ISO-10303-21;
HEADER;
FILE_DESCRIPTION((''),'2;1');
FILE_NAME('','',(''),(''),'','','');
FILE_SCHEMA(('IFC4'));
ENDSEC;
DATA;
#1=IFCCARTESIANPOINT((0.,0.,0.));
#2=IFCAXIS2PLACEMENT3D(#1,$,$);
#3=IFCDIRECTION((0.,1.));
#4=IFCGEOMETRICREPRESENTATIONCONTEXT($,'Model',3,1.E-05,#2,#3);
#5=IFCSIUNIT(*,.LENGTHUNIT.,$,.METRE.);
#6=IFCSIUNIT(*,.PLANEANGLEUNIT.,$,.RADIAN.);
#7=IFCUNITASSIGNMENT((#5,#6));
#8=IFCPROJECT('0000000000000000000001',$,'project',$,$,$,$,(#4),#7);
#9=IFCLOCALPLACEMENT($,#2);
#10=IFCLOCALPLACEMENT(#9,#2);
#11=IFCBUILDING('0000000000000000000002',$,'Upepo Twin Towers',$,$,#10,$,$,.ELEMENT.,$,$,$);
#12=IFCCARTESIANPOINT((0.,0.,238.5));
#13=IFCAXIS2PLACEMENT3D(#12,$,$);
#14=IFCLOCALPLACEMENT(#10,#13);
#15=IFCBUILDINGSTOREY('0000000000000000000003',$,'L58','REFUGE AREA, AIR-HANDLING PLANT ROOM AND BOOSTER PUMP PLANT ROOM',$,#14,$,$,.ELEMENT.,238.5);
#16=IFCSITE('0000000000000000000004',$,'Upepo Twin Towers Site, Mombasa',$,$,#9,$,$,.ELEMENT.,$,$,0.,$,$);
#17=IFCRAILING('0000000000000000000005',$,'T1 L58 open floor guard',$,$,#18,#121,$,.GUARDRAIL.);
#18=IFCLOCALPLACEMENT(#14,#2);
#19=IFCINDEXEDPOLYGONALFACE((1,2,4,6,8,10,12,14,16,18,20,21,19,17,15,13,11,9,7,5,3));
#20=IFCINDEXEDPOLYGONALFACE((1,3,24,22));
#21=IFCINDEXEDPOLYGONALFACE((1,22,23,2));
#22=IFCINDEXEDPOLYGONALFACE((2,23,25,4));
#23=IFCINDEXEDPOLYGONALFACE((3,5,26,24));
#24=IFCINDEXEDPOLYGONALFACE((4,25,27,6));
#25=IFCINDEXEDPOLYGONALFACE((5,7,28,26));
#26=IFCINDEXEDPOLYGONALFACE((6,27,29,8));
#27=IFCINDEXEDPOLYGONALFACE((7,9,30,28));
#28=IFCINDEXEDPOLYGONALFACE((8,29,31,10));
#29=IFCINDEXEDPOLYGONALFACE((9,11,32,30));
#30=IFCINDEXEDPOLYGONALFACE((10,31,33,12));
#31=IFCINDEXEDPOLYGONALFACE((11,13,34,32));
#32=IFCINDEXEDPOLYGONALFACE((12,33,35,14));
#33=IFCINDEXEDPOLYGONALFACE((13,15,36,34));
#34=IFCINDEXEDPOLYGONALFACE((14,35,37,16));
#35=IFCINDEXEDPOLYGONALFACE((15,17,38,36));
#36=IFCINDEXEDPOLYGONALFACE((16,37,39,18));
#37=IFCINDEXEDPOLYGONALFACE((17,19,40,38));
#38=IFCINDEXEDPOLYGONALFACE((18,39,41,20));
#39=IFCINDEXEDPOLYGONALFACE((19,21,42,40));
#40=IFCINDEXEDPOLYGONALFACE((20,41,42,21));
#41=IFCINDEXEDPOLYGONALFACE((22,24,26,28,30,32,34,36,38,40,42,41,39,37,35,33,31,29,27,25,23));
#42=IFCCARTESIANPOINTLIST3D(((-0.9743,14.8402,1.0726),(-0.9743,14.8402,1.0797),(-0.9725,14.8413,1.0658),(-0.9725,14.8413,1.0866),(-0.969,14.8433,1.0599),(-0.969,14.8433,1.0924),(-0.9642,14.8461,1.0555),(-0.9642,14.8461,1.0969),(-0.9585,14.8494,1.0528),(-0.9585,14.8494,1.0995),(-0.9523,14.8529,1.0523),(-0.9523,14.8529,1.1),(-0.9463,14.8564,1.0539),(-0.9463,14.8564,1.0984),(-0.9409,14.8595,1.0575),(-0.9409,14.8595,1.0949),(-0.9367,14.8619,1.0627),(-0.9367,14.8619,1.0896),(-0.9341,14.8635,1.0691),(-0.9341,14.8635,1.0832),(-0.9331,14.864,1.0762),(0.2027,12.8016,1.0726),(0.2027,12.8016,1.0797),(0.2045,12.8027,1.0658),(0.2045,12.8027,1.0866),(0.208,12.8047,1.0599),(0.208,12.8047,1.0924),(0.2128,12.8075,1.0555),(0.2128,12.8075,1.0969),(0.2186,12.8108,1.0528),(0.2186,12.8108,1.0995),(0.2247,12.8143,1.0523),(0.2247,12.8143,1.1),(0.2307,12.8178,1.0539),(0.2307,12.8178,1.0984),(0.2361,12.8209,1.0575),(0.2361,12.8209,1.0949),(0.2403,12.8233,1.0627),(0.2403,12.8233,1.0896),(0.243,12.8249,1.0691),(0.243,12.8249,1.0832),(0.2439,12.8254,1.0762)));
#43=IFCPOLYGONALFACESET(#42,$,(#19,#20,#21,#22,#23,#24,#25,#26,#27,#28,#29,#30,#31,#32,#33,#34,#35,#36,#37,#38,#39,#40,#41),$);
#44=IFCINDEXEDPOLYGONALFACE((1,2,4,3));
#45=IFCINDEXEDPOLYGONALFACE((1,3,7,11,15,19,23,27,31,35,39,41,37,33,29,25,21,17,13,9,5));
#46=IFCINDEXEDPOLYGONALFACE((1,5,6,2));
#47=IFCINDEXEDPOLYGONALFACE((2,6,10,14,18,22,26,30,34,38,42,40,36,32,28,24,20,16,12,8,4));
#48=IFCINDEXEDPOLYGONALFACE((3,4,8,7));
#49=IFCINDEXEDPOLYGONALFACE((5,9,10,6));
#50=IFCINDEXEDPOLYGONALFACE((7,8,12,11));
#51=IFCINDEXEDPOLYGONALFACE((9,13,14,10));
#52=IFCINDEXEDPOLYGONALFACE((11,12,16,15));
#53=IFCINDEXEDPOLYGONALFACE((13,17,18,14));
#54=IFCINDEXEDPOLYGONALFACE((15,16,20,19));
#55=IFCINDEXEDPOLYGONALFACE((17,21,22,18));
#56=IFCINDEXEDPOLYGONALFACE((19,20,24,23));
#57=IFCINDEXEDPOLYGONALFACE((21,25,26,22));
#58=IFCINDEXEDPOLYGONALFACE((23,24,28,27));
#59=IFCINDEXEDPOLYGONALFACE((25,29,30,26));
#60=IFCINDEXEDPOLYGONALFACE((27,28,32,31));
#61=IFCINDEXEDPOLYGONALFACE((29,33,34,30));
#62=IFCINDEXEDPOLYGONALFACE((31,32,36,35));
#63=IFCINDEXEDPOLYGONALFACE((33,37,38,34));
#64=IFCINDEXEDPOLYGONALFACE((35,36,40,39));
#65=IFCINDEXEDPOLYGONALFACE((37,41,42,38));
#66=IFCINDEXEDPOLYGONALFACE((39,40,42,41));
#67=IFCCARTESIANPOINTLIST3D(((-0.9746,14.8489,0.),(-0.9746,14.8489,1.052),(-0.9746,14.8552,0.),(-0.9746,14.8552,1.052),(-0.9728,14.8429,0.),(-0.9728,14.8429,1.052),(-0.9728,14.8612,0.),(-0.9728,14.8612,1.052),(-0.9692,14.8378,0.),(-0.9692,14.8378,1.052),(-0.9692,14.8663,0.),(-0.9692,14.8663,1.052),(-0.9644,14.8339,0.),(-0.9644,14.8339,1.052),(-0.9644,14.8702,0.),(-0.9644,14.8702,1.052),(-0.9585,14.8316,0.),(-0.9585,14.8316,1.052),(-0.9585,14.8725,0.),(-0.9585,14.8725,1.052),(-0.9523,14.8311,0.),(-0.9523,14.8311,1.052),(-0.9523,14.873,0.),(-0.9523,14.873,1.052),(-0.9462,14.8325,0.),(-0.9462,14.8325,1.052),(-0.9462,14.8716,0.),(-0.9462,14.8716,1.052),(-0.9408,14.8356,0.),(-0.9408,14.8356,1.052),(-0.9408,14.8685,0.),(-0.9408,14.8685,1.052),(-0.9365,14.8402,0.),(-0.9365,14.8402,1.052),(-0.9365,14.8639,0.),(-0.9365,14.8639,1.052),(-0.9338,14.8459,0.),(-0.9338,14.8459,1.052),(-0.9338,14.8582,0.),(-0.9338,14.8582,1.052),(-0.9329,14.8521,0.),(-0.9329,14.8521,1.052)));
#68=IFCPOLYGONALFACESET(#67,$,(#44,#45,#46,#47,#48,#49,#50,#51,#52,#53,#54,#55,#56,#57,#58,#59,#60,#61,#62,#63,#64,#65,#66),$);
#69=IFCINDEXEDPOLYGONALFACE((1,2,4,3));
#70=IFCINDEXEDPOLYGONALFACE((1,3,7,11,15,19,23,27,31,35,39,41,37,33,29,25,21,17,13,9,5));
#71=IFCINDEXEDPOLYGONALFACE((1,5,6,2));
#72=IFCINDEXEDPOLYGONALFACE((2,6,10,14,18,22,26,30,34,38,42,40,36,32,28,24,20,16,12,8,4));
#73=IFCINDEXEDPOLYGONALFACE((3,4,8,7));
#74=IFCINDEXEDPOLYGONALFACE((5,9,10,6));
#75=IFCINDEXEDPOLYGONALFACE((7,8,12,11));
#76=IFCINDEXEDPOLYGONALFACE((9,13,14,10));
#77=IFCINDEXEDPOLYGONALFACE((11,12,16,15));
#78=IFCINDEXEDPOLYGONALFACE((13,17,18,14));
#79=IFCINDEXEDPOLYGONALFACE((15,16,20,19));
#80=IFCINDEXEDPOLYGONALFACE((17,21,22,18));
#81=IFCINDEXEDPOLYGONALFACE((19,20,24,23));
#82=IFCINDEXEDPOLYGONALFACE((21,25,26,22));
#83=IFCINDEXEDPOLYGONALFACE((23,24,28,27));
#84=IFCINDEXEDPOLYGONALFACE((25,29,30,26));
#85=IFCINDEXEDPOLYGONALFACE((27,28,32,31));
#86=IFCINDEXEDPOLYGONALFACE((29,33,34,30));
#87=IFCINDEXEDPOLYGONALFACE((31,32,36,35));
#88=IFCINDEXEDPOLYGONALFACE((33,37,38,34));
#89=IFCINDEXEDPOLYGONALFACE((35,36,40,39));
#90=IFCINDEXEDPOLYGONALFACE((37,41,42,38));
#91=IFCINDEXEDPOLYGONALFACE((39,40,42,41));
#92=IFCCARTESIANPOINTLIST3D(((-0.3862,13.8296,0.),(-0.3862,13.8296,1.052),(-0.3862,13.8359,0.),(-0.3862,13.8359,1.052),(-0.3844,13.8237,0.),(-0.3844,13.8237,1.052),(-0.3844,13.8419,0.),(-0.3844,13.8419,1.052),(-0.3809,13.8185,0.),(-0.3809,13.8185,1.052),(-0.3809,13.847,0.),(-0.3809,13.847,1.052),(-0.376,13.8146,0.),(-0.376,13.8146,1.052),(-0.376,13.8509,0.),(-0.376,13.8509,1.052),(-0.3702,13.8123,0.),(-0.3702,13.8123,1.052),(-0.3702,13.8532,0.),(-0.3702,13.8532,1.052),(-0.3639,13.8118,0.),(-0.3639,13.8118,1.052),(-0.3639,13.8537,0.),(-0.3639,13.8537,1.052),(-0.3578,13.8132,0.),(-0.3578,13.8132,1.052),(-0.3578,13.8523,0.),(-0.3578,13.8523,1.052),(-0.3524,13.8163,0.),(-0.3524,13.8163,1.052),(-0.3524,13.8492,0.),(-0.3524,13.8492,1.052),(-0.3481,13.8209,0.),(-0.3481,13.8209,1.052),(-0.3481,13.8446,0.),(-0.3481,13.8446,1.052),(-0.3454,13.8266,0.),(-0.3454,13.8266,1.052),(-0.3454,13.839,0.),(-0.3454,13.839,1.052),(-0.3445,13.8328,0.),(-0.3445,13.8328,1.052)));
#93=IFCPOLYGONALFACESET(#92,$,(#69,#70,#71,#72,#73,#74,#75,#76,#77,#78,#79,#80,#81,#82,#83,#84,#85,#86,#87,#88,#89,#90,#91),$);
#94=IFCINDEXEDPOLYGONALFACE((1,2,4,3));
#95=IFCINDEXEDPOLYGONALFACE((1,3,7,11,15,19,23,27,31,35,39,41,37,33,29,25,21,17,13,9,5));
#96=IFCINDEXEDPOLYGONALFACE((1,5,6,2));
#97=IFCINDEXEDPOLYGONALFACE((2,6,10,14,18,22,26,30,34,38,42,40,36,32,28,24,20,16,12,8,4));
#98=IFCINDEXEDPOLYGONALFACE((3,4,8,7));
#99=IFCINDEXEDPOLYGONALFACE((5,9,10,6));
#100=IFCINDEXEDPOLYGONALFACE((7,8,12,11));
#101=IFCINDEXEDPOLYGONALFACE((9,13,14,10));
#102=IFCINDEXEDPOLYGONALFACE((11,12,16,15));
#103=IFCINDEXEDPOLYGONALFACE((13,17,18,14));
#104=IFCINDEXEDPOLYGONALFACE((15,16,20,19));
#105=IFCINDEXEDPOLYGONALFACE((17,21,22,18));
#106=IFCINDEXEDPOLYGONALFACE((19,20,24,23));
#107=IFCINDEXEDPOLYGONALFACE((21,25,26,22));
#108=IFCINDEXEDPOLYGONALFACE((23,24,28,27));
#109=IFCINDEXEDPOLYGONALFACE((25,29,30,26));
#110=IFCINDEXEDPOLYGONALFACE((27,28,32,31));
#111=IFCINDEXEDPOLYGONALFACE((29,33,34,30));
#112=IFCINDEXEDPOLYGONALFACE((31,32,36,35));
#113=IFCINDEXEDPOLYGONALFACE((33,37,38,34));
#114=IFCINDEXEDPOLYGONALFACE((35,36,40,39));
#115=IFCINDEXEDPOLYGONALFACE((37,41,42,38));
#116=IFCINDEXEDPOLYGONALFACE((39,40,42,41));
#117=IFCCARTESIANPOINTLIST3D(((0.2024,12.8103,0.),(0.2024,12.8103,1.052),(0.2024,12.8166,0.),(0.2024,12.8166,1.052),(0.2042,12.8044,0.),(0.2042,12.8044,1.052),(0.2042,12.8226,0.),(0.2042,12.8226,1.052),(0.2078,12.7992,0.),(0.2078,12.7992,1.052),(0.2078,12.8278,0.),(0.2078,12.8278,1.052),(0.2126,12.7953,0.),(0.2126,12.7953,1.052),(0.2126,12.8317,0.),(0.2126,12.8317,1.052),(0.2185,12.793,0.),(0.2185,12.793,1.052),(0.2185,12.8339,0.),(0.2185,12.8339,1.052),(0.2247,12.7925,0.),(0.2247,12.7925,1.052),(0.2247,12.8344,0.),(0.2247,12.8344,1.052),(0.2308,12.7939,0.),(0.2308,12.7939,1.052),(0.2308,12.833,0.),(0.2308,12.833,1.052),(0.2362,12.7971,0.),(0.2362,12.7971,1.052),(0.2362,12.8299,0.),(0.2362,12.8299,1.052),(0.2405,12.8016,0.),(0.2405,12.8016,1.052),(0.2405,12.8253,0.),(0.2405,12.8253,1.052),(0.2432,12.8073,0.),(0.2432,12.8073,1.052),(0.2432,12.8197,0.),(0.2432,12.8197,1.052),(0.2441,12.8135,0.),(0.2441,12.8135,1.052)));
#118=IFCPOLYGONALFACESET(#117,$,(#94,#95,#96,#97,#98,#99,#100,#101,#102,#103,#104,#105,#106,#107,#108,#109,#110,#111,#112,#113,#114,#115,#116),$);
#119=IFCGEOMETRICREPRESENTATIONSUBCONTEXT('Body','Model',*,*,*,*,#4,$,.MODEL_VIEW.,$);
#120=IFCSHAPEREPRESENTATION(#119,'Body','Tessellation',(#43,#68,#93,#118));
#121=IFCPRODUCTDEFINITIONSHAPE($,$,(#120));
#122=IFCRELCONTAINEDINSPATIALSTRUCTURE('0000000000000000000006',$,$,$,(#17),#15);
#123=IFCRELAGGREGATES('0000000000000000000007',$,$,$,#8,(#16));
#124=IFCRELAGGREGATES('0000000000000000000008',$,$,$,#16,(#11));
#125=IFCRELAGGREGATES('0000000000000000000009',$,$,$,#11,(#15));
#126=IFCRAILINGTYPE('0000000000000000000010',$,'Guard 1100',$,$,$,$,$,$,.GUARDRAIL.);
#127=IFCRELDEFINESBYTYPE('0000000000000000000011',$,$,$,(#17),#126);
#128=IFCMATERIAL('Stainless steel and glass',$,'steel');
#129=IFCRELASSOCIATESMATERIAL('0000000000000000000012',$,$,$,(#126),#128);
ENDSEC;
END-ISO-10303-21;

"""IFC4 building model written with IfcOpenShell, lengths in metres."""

from ifc_helpers import new_model, si_unit, direction, frame, origin, origin_2d, place, context, subcontext, project, spatial, circle, extrude, material, type_object, element, save


model = new_model("IFC4")

# Units and contexts
model_context = context("Model", 3, precision=1e-05, world=origin(), true_north=direction((0.0, 1.0)))
body_context = subcontext(model_context, "Body", "Model", "MODEL_VIEW")
ifc_project = project(units=[si_unit("LENGTHUNIT", "METRE"), si_unit("PLANEANGLEUNIT", "RADIAN")], contexts=[model_context])

# Site, building, storey
site_placement = place(None, origin())
site = spatial("IfcSite", under=ifc_project, at=site_placement, Name="Upepo Twin Towers Site, Mombasa", CompositionType="ELEMENT", RefElevation=0.0)
building_placement = place(site_placement, origin())
building = spatial("IfcBuilding", under=site, at=building_placement, Name="Upepo Twin Towers", CompositionType="ELEMENT")
storey_placement = place(building_placement, frame((0.0, 0.0, 238.5)))
storey = spatial("IfcBuildingStorey", under=building, at=storey_placement, Name="L58", Description="REFUGE AREA, AIR-HANDLING PLANT ROOM AND BOOSTER PUMP PLANT ROOM", CompositionType="ELEMENT", Elevation=238.5)

# Railing
ifc_material_1 = material(Name="Stainless steel and glass", Category="steel")
railing_type = type_object("IfcRailingType", Name="Guard 1100", PredefinedType="GUARDRAIL", material=ifc_material_1)
railing_1_placement = place(storey_placement, frame((-0.9539, 14.8521, 0.0)))
element("IfcRailing", 1, at=railing_1_placement, inside=storey, type_object=railing_type, Name="T1 L58 open floor guard", PredefinedType="GUARDRAIL", context=body_context, shape_type="SweptSolid", body=[
    extrude(circle(Radius=0.0239, at=origin_2d()), frame((0.0, 0.0, 1.0762), z_axis=(0.50001, -0.86602, 0.0), x_axis=(0.86602, 0.50001, 0.0)), (0.0, 0.0, 1.0), 2.354),
    extrude(circle(Radius=0.021, at=origin_2d()), origin(), (0.0, 0.0, 1.0), 1.052),
    extrude(circle(Radius=0.021, at=origin_2d()), frame((0.5884, -1.0193, 0.0)), (0.0, 0.0, 1.0), 1.052),
    extrude(circle(Radius=0.021, at=origin_2d()), frame((1.177, -2.0386, 0.0)), (0.0, 0.0, 1.0), 1.052),
])

save(model, "model.ifc")
